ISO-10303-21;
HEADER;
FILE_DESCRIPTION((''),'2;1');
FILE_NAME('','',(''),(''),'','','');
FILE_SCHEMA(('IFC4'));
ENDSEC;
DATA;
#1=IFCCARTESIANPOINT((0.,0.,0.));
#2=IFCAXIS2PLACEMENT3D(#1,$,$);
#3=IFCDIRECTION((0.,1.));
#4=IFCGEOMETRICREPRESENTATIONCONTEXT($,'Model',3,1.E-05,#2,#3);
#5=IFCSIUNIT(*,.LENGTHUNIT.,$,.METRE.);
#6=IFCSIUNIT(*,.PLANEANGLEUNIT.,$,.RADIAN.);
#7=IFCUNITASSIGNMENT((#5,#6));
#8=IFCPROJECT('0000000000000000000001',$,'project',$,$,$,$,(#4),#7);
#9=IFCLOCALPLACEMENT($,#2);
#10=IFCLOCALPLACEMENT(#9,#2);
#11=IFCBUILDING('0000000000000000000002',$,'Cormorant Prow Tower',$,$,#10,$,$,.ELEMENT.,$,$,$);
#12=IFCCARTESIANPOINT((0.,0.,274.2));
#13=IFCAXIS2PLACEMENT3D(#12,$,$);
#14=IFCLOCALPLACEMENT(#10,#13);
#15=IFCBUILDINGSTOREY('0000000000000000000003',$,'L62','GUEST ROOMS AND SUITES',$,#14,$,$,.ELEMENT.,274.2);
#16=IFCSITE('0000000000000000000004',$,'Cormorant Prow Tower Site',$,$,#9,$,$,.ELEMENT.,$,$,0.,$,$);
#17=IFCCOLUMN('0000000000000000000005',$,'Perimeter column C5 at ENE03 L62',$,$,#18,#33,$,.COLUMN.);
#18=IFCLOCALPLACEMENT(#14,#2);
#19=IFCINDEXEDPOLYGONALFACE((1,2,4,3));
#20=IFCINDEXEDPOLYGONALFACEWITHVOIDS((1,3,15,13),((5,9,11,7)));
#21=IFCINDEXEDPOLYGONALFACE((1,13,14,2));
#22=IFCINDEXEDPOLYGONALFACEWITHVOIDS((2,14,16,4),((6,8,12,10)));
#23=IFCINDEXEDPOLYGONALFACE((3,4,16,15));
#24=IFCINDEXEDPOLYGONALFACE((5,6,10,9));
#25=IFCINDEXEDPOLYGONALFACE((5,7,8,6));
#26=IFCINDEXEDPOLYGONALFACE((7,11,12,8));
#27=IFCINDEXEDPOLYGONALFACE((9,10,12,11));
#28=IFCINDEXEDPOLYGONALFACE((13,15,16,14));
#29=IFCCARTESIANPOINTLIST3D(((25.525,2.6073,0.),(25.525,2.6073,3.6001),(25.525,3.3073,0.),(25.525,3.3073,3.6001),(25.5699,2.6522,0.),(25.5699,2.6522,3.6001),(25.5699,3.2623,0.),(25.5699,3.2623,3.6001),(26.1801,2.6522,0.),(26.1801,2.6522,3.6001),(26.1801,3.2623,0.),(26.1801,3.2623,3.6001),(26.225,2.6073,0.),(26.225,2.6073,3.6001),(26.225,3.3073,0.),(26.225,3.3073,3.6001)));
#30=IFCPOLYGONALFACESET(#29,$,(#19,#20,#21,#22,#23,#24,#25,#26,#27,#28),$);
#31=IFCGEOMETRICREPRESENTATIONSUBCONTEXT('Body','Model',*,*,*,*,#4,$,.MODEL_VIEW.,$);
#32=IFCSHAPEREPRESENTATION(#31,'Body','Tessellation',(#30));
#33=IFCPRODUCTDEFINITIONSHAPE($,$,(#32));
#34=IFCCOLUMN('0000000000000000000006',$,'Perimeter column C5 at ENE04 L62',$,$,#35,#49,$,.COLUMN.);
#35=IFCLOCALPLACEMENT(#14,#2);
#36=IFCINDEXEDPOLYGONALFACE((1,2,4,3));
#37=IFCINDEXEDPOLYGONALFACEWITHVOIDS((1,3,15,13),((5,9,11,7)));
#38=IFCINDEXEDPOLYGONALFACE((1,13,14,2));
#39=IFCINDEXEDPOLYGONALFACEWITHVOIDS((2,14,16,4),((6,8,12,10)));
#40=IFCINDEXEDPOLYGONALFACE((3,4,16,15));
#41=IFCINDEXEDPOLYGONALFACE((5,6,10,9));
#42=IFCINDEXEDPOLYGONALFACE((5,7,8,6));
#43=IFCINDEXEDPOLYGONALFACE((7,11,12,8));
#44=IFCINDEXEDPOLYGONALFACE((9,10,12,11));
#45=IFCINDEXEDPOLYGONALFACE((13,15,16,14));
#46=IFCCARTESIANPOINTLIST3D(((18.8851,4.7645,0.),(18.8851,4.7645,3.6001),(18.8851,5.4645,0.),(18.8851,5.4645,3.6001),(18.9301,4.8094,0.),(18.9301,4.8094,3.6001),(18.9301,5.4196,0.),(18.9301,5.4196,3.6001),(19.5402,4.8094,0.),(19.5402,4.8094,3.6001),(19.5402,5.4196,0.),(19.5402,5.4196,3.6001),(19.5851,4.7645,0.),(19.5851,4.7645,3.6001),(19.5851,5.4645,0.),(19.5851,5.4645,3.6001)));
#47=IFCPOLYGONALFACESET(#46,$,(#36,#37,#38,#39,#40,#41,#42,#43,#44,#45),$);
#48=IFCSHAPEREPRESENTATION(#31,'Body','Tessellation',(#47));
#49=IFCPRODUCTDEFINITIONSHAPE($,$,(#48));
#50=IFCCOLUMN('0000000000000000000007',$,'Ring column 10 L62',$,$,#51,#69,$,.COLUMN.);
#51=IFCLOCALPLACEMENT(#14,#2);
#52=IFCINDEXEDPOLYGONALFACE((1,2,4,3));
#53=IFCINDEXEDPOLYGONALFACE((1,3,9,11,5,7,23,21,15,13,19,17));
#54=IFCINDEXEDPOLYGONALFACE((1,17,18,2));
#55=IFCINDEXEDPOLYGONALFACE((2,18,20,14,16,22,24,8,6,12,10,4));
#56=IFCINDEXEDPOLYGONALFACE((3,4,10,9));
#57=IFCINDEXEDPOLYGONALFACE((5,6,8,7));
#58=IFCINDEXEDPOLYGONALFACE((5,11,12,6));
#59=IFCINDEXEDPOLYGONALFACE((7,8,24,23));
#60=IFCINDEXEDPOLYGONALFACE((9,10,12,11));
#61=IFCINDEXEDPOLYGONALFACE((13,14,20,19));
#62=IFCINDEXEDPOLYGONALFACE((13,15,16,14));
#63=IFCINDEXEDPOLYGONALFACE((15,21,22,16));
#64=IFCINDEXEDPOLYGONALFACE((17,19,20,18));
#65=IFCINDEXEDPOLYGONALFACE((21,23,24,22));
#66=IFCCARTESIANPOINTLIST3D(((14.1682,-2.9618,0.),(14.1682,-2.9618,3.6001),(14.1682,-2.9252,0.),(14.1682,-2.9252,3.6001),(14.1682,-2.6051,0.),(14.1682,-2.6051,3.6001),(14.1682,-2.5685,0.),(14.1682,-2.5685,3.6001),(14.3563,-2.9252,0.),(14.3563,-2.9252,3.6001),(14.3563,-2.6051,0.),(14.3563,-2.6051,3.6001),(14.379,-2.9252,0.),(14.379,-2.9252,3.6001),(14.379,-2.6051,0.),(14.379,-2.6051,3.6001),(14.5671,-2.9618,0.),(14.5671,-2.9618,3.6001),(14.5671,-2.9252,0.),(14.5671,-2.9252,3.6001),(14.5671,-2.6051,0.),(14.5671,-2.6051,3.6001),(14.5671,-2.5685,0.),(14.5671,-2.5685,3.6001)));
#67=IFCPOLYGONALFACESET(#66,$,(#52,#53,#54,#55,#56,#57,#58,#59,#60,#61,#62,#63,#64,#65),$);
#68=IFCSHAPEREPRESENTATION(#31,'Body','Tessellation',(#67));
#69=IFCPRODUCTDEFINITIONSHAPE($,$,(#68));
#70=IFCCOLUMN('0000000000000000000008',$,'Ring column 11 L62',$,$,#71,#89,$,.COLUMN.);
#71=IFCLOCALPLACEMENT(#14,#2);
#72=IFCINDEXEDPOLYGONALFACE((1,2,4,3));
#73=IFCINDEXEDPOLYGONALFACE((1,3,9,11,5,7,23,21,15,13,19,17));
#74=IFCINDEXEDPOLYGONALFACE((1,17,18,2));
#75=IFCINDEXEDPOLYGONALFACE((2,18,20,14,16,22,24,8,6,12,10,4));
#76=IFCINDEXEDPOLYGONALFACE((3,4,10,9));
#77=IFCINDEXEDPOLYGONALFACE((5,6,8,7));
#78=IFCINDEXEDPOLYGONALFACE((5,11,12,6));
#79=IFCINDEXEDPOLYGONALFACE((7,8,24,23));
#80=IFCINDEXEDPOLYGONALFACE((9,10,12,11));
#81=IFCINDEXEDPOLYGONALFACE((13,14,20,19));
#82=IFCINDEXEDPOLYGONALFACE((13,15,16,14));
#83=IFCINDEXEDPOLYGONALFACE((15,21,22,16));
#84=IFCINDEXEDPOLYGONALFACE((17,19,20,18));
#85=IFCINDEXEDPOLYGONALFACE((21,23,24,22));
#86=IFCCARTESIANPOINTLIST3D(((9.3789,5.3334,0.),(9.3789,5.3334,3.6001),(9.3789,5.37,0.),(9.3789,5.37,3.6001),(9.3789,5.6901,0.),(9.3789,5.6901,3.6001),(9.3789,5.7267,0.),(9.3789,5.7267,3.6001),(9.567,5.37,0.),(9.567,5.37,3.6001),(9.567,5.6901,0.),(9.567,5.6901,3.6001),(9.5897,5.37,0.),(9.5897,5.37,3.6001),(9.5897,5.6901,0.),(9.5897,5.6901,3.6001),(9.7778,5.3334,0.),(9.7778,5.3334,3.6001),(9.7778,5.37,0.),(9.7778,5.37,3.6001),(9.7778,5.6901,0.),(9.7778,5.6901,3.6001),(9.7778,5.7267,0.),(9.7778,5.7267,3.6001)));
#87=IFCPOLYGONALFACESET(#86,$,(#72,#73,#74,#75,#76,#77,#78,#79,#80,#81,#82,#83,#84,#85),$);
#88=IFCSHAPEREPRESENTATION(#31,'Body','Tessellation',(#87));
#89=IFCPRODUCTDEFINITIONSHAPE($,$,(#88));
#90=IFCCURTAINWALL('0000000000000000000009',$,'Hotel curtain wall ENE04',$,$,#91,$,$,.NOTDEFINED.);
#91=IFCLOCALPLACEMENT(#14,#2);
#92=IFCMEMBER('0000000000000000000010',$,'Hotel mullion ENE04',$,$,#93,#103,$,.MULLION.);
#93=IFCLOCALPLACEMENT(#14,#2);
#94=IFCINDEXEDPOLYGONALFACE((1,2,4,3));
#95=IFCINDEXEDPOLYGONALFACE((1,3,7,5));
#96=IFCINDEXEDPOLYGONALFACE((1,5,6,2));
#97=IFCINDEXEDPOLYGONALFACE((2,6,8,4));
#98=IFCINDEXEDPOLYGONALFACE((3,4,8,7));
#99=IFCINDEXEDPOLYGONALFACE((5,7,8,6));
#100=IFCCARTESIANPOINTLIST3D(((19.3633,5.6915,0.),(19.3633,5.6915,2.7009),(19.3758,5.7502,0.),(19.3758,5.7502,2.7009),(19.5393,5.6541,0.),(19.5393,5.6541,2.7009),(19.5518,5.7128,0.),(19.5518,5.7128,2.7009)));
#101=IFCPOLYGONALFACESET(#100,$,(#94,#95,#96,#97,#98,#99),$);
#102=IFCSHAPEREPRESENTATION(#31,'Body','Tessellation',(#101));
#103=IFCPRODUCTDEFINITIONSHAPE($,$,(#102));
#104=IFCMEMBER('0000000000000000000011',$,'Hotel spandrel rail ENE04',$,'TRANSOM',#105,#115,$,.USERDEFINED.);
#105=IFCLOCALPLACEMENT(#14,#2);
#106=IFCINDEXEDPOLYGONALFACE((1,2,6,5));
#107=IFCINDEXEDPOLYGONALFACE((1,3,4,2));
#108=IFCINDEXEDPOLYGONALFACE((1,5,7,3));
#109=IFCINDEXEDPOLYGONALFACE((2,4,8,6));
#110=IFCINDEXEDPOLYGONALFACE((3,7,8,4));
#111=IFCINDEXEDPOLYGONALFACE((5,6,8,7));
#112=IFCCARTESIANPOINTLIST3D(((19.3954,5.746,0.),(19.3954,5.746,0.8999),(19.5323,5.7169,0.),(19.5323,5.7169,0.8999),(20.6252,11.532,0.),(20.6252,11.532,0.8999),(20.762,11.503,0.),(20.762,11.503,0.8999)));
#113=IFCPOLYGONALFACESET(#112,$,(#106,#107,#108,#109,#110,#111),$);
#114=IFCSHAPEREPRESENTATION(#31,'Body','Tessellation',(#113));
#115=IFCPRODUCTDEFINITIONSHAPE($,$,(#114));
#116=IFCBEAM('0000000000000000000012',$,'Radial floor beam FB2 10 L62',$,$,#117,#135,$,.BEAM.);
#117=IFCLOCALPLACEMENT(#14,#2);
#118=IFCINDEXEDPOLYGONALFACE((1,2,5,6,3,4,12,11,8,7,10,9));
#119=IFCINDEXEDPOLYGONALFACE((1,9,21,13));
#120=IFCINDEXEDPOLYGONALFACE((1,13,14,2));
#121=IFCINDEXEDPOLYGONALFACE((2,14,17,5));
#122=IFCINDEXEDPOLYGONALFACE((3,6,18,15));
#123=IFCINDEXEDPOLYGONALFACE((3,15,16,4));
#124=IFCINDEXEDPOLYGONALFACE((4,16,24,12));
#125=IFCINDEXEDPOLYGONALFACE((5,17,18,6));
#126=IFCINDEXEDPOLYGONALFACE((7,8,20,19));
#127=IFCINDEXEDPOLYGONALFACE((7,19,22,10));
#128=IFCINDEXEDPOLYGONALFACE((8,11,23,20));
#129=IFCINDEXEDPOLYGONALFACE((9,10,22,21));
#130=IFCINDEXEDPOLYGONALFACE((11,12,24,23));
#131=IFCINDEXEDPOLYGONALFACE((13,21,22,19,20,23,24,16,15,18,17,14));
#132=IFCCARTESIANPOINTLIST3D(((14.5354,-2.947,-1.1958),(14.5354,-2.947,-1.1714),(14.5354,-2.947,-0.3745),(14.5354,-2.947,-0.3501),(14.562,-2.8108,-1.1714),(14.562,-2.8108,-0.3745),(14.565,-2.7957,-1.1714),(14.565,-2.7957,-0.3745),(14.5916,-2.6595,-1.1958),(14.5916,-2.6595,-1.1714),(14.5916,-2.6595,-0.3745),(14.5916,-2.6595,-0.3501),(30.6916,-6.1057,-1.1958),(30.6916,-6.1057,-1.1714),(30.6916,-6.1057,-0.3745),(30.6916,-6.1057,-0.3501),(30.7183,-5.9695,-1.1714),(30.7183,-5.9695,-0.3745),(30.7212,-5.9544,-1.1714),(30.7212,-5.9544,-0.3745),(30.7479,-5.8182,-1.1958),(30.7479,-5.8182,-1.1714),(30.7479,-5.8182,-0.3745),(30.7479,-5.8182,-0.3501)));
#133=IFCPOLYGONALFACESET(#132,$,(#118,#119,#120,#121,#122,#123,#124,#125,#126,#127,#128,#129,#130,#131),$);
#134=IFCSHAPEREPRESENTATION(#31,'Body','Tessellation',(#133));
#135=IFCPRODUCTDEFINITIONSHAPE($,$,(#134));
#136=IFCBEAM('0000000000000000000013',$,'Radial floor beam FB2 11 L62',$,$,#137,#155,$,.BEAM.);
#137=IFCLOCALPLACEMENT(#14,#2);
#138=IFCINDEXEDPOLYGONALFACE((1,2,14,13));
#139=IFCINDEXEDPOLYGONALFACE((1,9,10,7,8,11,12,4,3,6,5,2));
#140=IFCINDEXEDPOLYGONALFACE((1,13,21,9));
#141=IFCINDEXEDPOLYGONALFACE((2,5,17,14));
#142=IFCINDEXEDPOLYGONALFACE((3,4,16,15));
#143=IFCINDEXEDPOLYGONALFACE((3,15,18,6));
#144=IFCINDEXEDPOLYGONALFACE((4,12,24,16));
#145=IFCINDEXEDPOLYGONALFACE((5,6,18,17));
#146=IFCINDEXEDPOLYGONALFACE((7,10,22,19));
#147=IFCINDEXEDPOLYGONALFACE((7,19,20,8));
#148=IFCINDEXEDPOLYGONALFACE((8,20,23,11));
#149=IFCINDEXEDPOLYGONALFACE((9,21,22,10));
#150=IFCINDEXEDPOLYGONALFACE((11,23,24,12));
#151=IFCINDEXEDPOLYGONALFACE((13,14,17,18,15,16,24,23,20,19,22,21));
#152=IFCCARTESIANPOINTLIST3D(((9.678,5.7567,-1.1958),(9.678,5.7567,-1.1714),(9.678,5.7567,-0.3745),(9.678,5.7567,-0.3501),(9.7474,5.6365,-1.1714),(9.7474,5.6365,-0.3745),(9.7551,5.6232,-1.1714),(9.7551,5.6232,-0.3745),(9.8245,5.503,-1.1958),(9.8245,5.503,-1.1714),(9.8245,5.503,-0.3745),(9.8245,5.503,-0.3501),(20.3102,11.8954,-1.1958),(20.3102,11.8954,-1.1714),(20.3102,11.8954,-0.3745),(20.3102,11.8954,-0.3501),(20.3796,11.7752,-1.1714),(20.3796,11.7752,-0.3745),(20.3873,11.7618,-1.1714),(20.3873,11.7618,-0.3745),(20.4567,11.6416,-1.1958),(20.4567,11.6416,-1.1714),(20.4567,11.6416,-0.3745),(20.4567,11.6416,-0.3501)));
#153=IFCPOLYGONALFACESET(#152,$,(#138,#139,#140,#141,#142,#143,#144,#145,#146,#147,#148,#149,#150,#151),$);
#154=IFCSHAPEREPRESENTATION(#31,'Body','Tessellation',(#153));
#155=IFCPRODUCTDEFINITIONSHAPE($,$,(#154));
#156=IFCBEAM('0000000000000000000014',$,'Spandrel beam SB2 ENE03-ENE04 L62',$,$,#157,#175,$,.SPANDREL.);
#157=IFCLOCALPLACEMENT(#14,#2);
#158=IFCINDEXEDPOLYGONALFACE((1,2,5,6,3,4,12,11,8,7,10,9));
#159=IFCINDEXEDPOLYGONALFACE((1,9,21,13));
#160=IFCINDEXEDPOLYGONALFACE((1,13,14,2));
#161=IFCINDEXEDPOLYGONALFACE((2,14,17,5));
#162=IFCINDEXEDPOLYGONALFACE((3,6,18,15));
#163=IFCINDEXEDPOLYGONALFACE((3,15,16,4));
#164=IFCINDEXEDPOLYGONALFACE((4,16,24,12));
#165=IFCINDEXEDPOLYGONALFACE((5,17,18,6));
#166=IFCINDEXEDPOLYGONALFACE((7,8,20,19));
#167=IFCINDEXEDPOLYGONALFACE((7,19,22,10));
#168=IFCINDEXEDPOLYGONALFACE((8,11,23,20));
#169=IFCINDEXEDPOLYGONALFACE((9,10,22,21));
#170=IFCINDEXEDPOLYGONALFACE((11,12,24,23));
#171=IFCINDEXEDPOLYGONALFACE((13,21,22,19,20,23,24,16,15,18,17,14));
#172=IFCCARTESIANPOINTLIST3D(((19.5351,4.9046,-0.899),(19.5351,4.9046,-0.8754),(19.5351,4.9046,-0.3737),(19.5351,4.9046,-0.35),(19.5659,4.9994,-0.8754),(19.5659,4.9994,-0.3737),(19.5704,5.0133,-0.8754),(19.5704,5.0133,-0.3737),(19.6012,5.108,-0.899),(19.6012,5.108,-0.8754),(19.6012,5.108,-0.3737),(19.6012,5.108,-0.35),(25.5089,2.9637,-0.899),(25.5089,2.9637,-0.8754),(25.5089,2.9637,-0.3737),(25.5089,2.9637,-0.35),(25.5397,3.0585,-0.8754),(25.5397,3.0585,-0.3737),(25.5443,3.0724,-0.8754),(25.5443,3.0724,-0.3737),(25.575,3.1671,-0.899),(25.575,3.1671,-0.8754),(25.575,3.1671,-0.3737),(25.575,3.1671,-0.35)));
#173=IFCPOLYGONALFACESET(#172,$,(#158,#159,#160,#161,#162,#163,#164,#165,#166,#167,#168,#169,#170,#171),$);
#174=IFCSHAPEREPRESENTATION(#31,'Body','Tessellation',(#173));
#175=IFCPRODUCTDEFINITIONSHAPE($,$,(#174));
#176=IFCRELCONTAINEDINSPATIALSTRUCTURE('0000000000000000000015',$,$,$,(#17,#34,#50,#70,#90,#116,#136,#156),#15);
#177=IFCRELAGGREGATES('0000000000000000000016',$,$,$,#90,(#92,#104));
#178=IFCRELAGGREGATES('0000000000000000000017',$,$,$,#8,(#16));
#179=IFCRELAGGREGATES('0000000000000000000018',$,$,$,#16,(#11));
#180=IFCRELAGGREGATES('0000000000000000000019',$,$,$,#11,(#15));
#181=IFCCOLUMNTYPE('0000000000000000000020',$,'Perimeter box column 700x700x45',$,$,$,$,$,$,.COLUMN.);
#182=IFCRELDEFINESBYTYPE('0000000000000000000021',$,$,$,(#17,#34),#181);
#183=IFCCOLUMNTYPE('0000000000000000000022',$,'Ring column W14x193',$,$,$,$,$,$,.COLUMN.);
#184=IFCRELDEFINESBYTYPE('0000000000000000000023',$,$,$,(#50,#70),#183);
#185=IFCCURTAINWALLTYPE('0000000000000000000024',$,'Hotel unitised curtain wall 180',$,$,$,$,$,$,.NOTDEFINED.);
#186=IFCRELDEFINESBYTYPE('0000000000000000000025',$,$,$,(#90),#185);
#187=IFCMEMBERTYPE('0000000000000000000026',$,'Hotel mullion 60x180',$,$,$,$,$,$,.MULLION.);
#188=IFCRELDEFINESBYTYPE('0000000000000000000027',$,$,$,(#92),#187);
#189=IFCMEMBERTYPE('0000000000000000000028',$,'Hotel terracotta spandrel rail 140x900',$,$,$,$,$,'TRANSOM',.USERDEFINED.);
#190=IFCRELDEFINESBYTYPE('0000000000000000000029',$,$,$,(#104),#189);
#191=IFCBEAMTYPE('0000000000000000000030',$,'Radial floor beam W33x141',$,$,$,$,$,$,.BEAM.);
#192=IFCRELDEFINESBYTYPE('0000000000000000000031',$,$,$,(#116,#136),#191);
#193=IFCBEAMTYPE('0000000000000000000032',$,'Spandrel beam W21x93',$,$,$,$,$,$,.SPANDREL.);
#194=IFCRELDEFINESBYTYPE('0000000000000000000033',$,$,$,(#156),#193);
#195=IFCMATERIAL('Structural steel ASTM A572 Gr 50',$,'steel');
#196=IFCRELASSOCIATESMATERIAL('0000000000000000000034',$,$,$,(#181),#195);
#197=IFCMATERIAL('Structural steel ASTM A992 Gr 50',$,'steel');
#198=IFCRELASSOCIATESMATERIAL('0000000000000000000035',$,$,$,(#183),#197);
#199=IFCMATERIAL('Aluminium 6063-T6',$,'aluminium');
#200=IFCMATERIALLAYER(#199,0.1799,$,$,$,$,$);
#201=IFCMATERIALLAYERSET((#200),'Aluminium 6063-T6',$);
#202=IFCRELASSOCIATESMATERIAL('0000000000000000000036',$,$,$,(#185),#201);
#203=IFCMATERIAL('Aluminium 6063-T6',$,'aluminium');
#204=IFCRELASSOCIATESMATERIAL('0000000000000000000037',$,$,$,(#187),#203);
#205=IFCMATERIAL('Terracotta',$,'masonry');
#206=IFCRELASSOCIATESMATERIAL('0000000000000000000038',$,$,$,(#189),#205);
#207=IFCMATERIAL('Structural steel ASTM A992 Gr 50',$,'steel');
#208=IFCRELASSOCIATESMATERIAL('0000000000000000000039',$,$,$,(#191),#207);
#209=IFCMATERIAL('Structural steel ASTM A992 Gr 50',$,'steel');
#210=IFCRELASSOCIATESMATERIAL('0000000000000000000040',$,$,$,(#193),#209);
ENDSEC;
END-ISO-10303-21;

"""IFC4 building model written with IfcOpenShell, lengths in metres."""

from ifc_helpers import new_model, si_unit, direction, frame, origin, origin_2d, place, context, subcontext, project, spatial, rectangle, hollow_rectangle, i_section, extrude, material, layer, layer_set, material_profile, profile_set, type_object, element, aggregate, save


model = new_model("IFC4")

# Units and contexts
model_context = context("Model", 3, precision=1e-05, world=origin(), true_north=direction((0.0, 1.0)))
body_context = subcontext(model_context, "Body", "Model", "MODEL_VIEW")
ifc_project = project(units=[si_unit("LENGTHUNIT", "METRE"), si_unit("PLANEANGLEUNIT", "RADIAN")], contexts=[model_context])

# Site, building, storey
site_placement = place(None, origin())
site = spatial("IfcSite", under=ifc_project, at=site_placement, Name="Cormorant Prow Tower Site", CompositionType="ELEMENT", RefElevation=0.0)
building_placement = place(site_placement, origin())
building = spatial("IfcBuilding", under=site, at=building_placement, Name="Cormorant Prow Tower", CompositionType="ELEMENT")
storey_placement = place(building_placement, frame((0.0, 0.0, 274.2)))
storey = spatial("IfcBuildingStorey", under=building, at=storey_placement, Name="L62", Description="GUEST ROOMS AND SUITES", CompositionType="ELEMENT", Elevation=274.2)

# Columns
ifc_material_1 = material(Name="Structural steel ASTM A572 Gr 50", Category="steel")
ifc_material_profile_1 = material_profile(ifc_material_1, hollow_rectangle(XDim=0.7, YDim=0.7, WallThickness=0.0449, at=origin_2d()), Name="Box 700x700x45")
ifc_profile_set_1 = profile_set([ifc_material_profile_1], Name="Structural steel ASTM A572 Gr 50")
column_type_1 = type_object("IfcColumnType", Name="Perimeter box column 700x700x45", PredefinedType="COLUMN", material=ifc_profile_set_1)
for number, where, z_axis, x_axis, name in (
    (1, (25.875, 2.9573, 0.0), (0.0, 0.0, 1.0), (1.0, 0.0, 0.0), "Perimeter column C5 at ENE03 L62"),
    (2, (19.2351, 5.1145, 0.0), (0.0, 0.0, 1.0), (1.0, 0.0, 0.0), "Perimeter column C5 at ENE04 L62"),
):
    element("IfcColumn", number, at=place(storey_placement, frame(where, z_axis=z_axis, x_axis=x_axis)), inside=storey, type_object=column_type_1, Name=name, PredefinedType="COLUMN", context=body_context, shape_type="SweptSolid", body=[
        extrude(hollow_rectangle(XDim=0.7, YDim=0.7, WallThickness=0.0449, at=origin_2d()), origin(), (0.0, 0.0, 1.0), 3.6001),
    ])
ifc_material_2 = material(Name="Structural steel ASTM A992 Gr 50", Category="steel")
ifc_material_profile_2 = material_profile(ifc_material_2, i_section(OverallWidth=0.3989, OverallDepth=0.3933, WebThickness=0.0227, FlangeThickness=0.0366, at=origin_2d()), Name="W14x193")
ifc_profile_set_2 = profile_set([ifc_material_profile_2], Name="Structural steel ASTM A992 Gr 50")
column_type_2 = type_object("IfcColumnType", Name="Ring column W14x193", PredefinedType="COLUMN", material=ifc_profile_set_2)
for number, where, z_axis, x_axis, name in (
    (3, (14.3677, -2.7651, 0.0), (0.0, 0.0, 1.0), (1.0, 0.0, 0.0), "Ring column 10 L62"),
    (4, (9.5784, 5.53, 0.0), (0.0, 0.0, 1.0), (1.0, 0.0, 0.0), "Ring column 11 L62"),
):
    element("IfcColumn", number, at=place(storey_placement, frame(where, z_axis=z_axis, x_axis=x_axis)), inside=storey, type_object=column_type_2, Name=name, PredefinedType="COLUMN", context=body_context, shape_type="SweptSolid", body=[
        extrude(i_section(OverallWidth=0.3989, OverallDepth=0.3933, WebThickness=0.0227, FlangeThickness=0.0366, at=origin_2d()), origin(), (0.0, 0.0, 1.0), 3.6001),
    ])

# Curtain wall, members
ifc_material_3 = material(Name="Aluminium 6063-T6", Category="aluminium")
ifc_layer_1 = layer(ifc_material_3, 0.1799)
ifc_layer_set_1 = layer_set([ifc_layer_1], Name="Aluminium 6063-T6")
curtain_wall_type = type_object("IfcCurtainWallType", Name="Hotel unitised curtain wall 180", PredefinedType="NOTDEFINED", material=ifc_layer_set_1)
curtain_wall_1_placement = place(storey_placement, origin())
curtain_wall_1 = element("IfcCurtainWall", 5, at=curtain_wall_1_placement, inside=storey, type_object=curtain_wall_type, Name="Hotel curtain wall ENE04", PredefinedType="NOTDEFINED")
ifc_material_4 = material(Name="Aluminium 6063-T6", Category="aluminium")
ifc_material_profile_3 = material_profile(ifc_material_4, rectangle(XDim=0.1799, YDim=0.0601, at=origin_2d()), Name="Hotel mullion 60x180")
ifc_profile_set_3 = profile_set([ifc_material_profile_3], Name="Aluminium 6063-T6")
member_type_1 = type_object("IfcMemberType", Name="Hotel mullion 60x180", PredefinedType="MULLION", material=ifc_profile_set_3)
member_1_placement = place(storey_placement, frame((19.4575, 5.7021, 0.0), z_axis=(0.0, 0.0, 1.0), x_axis=(-0.978148, 0.207912, 0.0)))
member_1 = element("IfcMember", 6, at=member_1_placement, type_object=member_type_1, Name="Hotel mullion ENE04", PredefinedType="MULLION", context=body_context, shape_type="SweptSolid", body=[
    extrude(rectangle(XDim=0.1799, YDim=0.0601, at=origin_2d()), origin(), (0.0, 0.0, 1.0), 2.7009),
])
ifc_material_5 = material(Name="Terracotta", Category="masonry")
ifc_material_profile_4 = material_profile(ifc_material_5, rectangle(XDim=0.1399, YDim=0.8999, at=origin_2d()), Name="Hotel terracotta spandrel rail 140x900")
ifc_profile_set_4 = profile_set([ifc_material_profile_4], Name="Terracotta")
member_type_2 = type_object("IfcMemberType", Name="Hotel terracotta spandrel rail 140x900", ElementType="TRANSOM", PredefinedType="USERDEFINED", material=ifc_profile_set_4)
member_2_placement = place(storey_placement, frame((19.4639, 5.7314, 0.45), z_axis=(0.207888, 0.978153, 0.0), x_axis=(-0.978153, 0.207888, 0.0)))
member_2 = element("IfcMember", 7, at=member_2_placement, type_object=member_type_2, Name="Hotel spandrel rail ENE04", ObjectType="TRANSOM", PredefinedType="USERDEFINED", context=body_context, shape_type="SweptSolid", body=[
    extrude(rectangle(XDim=0.1399, YDim=0.8999, at=origin_2d()), origin(), (0.0, 0.0, 1.0), 5.9153),
])
aggregate(curtain_wall_1, [member_1, member_2])

# Beams
ifc_material_6 = material(Name="Structural steel ASTM A992 Gr 50", Category="steel")
ifc_material_profile_5 = material_profile(ifc_material_6, i_section(OverallWidth=0.293, OverallDepth=0.8457, WebThickness=0.0154, FlangeThickness=0.0244, at=origin_2d()), Name="W33x141")
ifc_profile_set_5 = profile_set([ifc_material_profile_5], Name="Structural steel ASTM A992 Gr 50")
beam_type_1 = type_object("IfcBeamType", Name="Radial floor beam W33x141", PredefinedType="BEAM", material=ifc_profile_set_5)
beam_1_placement = place(storey_placement, frame((14.5635, -2.8032, -0.7729), z_axis=(0.981419, -0.191876, 0.0), x_axis=(0.191876, 0.981419, 0.0)))
element("IfcBeam", 8, at=beam_1_placement, inside=storey, type_object=beam_type_1, Name="Radial floor beam FB2 10 L62", PredefinedType="BEAM", context=body_context, shape_type="SweptSolid", body=[
    extrude(i_section(OverallWidth=0.293, OverallDepth=0.8457, WebThickness=0.0154, FlangeThickness=0.0244, at=origin_2d()), origin(), (0.0, 0.0, 1.0), 16.4622),
])
beam_2_placement = place(storey_placement, frame((9.7512, 5.6299, -0.7729), z_axis=(0.866022, 0.500006, 0.0), x_axis=(-0.500006, 0.866022, 0.0)))
element("IfcBeam", 9, at=beam_2_placement, inside=storey, type_object=beam_type_1, Name="Radial floor beam FB2 11 L62", PredefinedType="BEAM", context=body_context, shape_type="SweptSolid", body=[
    extrude(i_section(OverallWidth=0.293, OverallDepth=0.8457, WebThickness=0.0154, FlangeThickness=0.0244, at=origin_2d()), origin(), (0.0, 0.0, 1.0), 12.2771),
])
ifc_material_7 = material(Name="Structural steel ASTM A992 Gr 50", Category="steel")
ifc_material_profile_6 = material_profile(ifc_material_7, i_section(OverallWidth=0.2139, OverallDepth=0.5491, WebThickness=0.0146, FlangeThickness=0.0237, at=origin_2d()), Name="W21x93")
ifc_profile_set_6 = profile_set([ifc_material_profile_6], Name="Structural steel ASTM A992 Gr 50")
beam_type_2 = type_object("IfcBeamType", Name="Spandrel beam W21x93", PredefinedType="SPANDREL", material=ifc_profile_set_6)
beam_3_placement = place(storey_placement, frame((25.542, 3.0654, -0.6245), z_axis=(-0.951062, 0.309001, 0.0), x_axis=(-0.309001, -0.951062, 0.0)))
element("IfcBeam", 10, at=beam_3_placement, inside=storey, type_object=beam_type_2, Name="Spandrel beam SB2 ENE03-ENE04 L62", PredefinedType="SPANDREL", context=body_context, shape_type="SweptSolid", body=[
    extrude(i_section(OverallWidth=0.2139, OverallDepth=0.5491, WebThickness=0.0146, FlangeThickness=0.0237, at=origin_2d()), origin(), (0.0, 0.0, 1.0), 6.2812),
])

save(model, "model.ifc")
